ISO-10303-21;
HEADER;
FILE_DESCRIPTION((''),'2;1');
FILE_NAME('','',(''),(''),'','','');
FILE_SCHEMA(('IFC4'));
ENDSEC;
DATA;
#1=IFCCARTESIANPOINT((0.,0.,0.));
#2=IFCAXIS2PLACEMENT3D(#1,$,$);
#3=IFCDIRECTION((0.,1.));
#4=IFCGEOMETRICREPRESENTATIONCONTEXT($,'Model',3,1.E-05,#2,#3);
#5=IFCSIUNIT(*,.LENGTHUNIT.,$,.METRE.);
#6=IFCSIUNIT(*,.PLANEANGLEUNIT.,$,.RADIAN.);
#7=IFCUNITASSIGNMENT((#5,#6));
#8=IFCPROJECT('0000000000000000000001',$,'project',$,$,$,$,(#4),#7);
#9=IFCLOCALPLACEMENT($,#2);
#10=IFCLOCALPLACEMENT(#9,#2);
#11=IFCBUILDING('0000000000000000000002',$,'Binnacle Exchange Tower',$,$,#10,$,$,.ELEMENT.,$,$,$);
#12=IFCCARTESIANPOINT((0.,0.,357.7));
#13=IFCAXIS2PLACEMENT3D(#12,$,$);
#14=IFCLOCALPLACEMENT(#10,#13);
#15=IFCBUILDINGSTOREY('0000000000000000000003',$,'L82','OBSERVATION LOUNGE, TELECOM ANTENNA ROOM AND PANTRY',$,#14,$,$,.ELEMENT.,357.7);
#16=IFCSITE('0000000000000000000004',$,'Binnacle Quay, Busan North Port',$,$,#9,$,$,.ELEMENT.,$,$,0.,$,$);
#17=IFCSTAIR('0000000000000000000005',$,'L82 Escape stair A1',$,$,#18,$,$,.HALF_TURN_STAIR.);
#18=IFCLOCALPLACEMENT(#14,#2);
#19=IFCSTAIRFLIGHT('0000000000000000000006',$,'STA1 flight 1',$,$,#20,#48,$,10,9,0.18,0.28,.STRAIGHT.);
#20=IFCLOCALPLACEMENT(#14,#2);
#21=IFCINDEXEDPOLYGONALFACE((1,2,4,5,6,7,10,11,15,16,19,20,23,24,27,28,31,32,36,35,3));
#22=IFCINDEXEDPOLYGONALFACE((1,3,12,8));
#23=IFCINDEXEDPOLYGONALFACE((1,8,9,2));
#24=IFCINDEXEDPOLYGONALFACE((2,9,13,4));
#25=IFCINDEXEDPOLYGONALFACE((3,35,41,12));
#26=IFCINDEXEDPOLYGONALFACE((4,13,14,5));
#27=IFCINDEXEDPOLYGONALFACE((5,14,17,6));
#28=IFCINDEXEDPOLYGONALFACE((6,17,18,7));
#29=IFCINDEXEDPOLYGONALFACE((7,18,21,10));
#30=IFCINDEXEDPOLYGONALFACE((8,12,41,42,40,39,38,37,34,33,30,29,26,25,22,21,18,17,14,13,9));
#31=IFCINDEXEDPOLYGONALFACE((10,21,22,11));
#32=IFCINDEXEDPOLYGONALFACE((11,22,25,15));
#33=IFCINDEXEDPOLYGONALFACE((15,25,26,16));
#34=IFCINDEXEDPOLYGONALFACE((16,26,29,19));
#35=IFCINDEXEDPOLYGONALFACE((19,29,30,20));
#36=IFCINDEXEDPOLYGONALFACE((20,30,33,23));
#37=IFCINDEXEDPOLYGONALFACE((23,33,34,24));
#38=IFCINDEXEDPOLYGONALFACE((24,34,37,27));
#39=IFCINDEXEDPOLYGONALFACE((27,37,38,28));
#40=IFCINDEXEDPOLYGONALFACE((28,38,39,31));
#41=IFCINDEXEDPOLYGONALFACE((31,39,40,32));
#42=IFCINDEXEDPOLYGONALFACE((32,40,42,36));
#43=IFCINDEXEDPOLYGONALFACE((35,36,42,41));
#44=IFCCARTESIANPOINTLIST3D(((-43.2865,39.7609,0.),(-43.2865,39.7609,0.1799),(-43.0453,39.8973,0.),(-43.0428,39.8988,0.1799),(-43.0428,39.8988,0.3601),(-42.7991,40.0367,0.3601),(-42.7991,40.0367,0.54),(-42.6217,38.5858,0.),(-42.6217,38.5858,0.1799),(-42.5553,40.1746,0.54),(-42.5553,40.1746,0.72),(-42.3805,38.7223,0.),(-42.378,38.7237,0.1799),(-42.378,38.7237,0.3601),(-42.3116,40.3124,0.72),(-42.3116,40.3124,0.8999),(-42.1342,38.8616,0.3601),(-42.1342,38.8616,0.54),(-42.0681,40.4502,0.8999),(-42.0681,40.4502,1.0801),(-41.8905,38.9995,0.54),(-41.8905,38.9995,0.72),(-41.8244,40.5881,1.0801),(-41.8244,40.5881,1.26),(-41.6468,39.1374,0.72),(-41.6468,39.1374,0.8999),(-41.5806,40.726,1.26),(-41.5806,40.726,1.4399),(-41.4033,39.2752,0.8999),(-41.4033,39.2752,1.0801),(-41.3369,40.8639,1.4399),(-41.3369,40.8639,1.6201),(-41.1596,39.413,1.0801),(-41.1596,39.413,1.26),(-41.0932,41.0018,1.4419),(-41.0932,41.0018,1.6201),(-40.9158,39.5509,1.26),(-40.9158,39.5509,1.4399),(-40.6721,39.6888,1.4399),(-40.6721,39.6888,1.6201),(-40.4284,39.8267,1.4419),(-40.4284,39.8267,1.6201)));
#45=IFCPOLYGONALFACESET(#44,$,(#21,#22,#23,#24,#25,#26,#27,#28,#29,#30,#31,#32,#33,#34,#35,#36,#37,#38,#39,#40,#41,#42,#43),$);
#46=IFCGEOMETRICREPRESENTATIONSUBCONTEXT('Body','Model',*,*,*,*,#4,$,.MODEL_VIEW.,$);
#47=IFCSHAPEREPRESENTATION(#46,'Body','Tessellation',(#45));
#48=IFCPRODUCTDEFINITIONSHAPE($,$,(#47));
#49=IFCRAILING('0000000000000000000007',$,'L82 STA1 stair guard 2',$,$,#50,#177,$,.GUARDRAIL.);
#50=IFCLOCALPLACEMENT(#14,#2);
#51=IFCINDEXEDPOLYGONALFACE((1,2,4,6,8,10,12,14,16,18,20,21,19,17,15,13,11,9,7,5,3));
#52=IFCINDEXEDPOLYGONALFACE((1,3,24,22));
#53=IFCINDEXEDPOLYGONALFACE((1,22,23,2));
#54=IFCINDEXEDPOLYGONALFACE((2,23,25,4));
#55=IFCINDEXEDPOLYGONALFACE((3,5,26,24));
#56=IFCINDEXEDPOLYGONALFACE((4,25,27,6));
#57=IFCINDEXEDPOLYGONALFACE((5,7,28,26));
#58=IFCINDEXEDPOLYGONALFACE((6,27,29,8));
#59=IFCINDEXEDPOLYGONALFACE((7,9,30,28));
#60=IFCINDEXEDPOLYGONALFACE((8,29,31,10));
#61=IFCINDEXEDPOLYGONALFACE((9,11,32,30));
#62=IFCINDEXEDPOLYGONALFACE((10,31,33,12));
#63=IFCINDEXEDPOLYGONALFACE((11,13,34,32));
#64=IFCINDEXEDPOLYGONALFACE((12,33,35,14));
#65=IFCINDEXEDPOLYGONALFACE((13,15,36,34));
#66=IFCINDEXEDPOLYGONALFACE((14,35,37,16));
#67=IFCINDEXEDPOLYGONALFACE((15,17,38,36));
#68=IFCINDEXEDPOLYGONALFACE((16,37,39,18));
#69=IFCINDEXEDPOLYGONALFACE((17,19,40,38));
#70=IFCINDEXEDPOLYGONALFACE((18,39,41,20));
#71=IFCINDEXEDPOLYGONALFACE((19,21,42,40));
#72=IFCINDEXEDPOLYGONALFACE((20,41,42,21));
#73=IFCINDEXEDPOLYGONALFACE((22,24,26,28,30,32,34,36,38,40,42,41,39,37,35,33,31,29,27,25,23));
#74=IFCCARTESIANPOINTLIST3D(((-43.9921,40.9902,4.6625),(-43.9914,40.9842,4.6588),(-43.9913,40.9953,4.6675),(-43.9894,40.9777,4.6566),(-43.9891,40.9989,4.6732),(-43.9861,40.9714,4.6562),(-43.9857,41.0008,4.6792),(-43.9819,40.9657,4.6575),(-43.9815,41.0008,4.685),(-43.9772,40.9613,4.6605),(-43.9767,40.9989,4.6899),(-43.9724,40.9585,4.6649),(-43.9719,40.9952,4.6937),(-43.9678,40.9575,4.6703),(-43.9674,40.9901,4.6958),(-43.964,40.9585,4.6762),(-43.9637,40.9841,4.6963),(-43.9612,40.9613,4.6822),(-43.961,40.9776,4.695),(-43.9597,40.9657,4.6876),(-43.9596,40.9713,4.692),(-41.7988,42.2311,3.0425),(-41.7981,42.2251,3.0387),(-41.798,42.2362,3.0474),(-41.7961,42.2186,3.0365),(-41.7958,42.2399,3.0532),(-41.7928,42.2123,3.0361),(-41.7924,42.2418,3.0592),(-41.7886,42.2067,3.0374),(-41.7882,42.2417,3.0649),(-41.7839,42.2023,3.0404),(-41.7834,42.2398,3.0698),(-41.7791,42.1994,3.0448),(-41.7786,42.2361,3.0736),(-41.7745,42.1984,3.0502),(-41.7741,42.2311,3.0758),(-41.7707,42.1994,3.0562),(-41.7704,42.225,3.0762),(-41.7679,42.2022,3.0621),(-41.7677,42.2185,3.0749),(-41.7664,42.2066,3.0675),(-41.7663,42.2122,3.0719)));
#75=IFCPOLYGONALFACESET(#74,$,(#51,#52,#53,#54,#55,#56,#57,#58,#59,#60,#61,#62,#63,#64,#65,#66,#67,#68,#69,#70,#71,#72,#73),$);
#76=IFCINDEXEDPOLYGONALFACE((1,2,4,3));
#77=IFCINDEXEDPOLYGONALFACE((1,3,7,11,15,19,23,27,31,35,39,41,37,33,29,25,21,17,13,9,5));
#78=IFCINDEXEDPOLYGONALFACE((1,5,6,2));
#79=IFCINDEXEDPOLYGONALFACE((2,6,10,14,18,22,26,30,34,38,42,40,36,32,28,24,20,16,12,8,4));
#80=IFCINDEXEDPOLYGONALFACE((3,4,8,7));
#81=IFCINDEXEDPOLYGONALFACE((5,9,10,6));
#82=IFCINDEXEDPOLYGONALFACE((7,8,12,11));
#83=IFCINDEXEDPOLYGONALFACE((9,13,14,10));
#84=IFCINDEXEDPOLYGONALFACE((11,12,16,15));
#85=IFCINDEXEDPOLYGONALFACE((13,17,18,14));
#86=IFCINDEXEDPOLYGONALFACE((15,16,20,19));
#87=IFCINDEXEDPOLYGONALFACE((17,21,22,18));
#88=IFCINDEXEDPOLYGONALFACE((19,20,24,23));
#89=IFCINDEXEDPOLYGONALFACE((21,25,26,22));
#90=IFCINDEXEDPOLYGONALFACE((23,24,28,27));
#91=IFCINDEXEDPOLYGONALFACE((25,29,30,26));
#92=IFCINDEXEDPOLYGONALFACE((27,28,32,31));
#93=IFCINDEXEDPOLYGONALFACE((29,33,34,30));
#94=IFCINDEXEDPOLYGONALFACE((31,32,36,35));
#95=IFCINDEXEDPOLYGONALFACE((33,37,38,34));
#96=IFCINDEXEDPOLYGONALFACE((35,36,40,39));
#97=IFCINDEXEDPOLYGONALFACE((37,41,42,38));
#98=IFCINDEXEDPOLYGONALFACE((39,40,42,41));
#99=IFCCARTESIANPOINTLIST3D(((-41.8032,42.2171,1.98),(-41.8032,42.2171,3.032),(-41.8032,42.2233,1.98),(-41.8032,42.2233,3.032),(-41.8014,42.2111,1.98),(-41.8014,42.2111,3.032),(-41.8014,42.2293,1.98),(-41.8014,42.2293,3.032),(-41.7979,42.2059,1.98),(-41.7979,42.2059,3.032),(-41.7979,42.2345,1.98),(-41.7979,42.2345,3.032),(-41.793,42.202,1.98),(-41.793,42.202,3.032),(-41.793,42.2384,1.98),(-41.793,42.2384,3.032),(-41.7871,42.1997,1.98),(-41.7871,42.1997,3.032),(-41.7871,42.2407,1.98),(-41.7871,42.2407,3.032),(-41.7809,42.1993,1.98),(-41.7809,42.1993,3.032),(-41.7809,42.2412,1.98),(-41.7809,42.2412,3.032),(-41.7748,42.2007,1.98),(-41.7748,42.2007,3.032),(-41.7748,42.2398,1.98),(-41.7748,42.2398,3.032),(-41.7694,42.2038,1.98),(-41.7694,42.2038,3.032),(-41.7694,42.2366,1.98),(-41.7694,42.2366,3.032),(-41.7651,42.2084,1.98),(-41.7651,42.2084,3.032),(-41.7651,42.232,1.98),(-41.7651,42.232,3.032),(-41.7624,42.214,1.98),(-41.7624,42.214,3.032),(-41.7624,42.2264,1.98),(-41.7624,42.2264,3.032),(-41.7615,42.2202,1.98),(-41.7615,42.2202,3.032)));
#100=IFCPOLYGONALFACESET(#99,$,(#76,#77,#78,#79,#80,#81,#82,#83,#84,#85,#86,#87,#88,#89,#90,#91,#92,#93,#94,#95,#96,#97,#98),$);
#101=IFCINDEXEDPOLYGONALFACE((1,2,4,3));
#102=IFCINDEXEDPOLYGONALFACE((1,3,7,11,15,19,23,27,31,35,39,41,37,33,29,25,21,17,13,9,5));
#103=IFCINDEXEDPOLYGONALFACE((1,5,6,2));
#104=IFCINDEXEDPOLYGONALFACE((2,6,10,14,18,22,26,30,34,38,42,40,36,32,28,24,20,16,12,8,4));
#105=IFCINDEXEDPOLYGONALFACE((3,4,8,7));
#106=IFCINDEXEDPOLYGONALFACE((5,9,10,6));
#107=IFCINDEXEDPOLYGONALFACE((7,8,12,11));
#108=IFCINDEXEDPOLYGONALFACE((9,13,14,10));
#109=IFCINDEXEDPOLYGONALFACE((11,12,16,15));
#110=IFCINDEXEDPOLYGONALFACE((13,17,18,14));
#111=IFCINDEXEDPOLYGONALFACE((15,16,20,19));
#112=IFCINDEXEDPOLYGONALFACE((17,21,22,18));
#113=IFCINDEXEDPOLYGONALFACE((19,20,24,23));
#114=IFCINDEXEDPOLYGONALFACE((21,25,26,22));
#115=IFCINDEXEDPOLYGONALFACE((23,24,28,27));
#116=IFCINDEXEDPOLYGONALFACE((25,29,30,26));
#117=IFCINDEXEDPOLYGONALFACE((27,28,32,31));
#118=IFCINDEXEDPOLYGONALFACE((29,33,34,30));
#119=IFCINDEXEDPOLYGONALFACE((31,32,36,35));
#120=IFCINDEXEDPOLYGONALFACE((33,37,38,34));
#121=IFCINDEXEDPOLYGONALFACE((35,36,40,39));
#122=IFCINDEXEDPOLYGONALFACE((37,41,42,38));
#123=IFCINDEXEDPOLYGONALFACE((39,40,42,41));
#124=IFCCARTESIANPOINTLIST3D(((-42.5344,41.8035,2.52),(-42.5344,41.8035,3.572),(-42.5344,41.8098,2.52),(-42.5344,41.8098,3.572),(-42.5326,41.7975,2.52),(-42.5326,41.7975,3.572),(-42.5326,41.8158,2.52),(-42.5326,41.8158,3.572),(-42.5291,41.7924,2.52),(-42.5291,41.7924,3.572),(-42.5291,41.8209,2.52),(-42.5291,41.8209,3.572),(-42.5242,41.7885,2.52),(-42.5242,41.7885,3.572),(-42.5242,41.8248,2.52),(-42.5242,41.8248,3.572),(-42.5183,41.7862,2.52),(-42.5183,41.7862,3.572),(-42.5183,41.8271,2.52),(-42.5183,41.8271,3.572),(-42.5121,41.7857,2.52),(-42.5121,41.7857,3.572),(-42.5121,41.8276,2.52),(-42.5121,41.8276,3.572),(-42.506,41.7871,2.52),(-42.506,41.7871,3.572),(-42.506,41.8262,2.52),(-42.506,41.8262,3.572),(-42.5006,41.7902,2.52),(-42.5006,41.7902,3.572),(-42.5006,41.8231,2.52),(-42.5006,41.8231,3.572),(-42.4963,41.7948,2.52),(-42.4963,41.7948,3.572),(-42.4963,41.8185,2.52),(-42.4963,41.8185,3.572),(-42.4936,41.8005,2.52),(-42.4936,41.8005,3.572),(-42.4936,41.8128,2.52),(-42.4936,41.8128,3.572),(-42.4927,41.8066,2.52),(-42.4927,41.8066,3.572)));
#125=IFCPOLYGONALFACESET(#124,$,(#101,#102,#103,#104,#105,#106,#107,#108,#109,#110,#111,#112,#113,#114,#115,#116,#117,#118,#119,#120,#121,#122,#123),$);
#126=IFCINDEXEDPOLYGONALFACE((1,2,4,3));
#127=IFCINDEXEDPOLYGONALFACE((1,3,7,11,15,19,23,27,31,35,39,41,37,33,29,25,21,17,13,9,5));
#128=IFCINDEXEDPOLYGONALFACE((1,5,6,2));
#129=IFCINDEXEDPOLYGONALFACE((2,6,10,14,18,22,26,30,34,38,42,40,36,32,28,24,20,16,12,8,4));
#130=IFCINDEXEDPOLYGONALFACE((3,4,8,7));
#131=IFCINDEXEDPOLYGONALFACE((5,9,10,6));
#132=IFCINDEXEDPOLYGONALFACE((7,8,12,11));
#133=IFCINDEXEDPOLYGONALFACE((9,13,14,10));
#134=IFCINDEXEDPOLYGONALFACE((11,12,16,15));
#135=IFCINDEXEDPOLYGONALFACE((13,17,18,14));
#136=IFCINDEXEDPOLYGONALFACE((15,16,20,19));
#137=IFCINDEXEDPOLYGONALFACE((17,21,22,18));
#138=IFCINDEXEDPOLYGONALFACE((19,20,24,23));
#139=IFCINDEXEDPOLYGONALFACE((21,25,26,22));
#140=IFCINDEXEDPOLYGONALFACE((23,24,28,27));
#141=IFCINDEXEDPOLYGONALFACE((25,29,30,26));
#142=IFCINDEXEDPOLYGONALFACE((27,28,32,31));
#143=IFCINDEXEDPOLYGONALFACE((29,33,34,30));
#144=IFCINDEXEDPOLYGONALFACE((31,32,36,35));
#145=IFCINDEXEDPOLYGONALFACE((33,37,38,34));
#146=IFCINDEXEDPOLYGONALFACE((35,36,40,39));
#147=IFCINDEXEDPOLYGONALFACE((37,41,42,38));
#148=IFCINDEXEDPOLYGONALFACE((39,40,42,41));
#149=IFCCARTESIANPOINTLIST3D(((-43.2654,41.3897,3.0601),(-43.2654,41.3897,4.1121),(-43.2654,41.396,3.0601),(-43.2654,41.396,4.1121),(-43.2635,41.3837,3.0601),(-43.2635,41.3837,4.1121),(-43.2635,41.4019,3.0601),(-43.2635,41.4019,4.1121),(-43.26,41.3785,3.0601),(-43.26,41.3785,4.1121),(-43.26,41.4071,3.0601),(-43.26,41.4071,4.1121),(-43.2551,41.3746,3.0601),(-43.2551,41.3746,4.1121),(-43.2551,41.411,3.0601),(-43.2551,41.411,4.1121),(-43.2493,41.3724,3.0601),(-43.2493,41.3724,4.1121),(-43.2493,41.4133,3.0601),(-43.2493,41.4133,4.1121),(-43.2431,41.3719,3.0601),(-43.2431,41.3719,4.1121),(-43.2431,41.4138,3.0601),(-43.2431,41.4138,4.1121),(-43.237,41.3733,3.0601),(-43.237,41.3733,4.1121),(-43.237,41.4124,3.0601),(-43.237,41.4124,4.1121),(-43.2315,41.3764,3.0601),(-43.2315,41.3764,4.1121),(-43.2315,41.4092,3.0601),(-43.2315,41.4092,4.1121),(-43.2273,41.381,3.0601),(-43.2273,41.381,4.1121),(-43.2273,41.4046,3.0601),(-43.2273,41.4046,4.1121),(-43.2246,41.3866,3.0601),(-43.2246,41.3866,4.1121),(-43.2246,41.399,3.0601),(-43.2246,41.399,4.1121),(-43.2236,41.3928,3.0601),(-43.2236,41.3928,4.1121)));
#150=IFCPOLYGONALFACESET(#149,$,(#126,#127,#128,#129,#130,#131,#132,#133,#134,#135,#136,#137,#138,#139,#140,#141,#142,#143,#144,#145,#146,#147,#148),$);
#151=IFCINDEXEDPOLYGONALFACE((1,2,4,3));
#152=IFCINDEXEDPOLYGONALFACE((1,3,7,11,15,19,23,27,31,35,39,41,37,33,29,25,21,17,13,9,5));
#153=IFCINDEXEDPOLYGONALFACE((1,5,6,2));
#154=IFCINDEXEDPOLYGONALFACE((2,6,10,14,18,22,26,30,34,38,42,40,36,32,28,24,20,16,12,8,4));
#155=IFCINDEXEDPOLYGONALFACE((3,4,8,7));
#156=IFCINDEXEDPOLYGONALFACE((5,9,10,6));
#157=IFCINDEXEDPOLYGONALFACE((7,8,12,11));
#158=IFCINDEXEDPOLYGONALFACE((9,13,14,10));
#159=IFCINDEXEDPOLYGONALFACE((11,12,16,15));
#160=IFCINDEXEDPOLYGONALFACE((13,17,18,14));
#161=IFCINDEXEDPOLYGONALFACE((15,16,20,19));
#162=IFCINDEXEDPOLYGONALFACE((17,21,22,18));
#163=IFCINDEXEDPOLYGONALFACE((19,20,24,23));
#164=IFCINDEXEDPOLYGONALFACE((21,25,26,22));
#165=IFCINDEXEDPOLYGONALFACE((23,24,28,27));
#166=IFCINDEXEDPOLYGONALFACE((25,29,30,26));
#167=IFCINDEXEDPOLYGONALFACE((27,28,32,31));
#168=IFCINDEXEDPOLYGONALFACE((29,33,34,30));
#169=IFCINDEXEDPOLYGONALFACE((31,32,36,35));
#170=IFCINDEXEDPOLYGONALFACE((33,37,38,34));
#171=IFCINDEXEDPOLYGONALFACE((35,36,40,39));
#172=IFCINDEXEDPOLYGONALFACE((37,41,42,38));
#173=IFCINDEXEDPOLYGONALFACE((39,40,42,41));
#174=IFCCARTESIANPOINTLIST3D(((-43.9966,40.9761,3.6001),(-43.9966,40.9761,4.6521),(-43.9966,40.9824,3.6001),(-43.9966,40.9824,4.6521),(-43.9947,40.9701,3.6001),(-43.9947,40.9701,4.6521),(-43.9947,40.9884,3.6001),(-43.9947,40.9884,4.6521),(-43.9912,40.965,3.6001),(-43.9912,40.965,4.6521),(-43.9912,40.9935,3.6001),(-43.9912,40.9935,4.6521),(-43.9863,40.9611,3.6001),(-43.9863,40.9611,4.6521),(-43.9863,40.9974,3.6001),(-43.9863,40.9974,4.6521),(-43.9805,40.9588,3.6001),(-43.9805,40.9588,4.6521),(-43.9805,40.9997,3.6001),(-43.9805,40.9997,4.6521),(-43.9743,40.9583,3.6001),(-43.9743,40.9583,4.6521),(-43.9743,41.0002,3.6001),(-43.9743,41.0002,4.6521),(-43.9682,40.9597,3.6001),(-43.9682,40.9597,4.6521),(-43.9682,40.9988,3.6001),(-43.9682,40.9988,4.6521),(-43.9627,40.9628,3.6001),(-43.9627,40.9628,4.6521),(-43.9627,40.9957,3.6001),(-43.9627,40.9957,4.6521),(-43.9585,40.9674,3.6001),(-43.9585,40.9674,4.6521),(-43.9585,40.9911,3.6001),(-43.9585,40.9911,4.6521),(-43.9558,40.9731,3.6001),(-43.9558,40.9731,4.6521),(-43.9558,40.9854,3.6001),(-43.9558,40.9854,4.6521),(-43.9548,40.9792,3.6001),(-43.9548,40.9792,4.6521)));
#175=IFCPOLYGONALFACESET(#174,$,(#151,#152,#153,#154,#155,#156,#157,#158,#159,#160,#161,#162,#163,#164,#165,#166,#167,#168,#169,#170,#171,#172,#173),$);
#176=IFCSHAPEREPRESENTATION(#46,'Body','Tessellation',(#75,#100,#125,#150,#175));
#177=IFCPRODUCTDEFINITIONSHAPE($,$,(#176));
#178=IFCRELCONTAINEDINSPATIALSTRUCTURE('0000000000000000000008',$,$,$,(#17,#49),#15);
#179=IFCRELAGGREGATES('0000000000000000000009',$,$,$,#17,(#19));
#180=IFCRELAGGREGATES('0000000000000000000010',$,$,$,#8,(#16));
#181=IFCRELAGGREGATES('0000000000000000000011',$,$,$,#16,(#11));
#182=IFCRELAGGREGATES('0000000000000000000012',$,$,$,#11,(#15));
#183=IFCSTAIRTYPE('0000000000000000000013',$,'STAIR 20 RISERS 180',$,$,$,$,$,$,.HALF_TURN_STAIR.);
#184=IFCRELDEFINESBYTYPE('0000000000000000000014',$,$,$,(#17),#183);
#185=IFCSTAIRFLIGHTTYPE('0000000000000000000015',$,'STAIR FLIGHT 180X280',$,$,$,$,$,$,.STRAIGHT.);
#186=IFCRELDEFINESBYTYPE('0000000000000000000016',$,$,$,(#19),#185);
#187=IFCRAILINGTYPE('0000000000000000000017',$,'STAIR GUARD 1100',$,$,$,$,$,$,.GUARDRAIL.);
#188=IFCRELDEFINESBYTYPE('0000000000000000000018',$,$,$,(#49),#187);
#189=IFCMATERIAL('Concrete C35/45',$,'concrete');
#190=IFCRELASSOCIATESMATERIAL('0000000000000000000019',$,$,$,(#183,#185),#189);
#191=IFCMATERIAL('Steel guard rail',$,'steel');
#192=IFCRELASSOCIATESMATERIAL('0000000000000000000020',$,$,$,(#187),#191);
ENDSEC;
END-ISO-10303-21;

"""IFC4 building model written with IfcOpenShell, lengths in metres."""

from ifc_helpers import new_model, si_unit, direction, frame, origin, origin_2d, place, context, subcontext, project, spatial, polyline, circle, outline, extrude, material, type_object, element, aggregate, save


model = new_model("IFC4")

# Units and contexts
model_context = context("Model", 3, precision=1e-05, world=origin(), true_north=direction((0.0, 1.0)))
body_context = subcontext(model_context, "Body", "Model", "MODEL_VIEW")
ifc_project = project(units=[si_unit("LENGTHUNIT", "METRE"), si_unit("PLANEANGLEUNIT", "RADIAN")], contexts=[model_context])

# Site, building, storey
site_placement = place(None, origin())
site = spatial("IfcSite", under=ifc_project, at=site_placement, Name="Binnacle Quay, Busan North Port", CompositionType="ELEMENT", RefElevation=0.0)
building_placement = place(site_placement, origin())
building = spatial("IfcBuilding", under=site, at=building_placement, Name="Binnacle Exchange Tower", CompositionType="ELEMENT")
storey_placement = place(building_placement, frame((0.0, 0.0, 357.7)))
storey = spatial("IfcBuildingStorey", under=building, at=storey_placement, Name="L82", Description="OBSERVATION LOUNGE, TELECOM ANTENNA ROOM AND PANTRY", CompositionType="ELEMENT", Elevation=357.7)

# Stair, stair flight
ifc_material_1 = material(Name="Concrete C35/45", Category="concrete")
stair_type = type_object("IfcStairType", Name="STAIR 20 RISERS 180", PredefinedType="HALF_TURN_STAIR", material=ifc_material_1)
stair_placement = place(storey_placement, origin())
stair = element("IfcStair", 1, at=stair_placement, inside=storey, type_object=stair_type, Name="L82 Escape stair A1", PredefinedType="HALF_TURN_STAIR")
stair_flight_type = type_object("IfcStairFlightType", Name="STAIR FLIGHT 180X280", PredefinedType="STRAIGHT", material=ifc_material_1)
stair_flight_placement = place(storey_placement, frame((-42.9541, 39.1733, 0.0), z_axis=(0.0, 0.0, 1.0), x_axis=(0.870356, 0.492424, 0.0)))
stair_flight = element("IfcStairFlight", 2, at=stair_flight_placement, type_object=stair_flight_type, Name="STA1 flight 1", NumberOfRisers=10, NumberOfTreads=9, PredefinedType="STRAIGHT", RiserHeight=0.18, TreadLength=0.28, context=body_context, shape_type="SweptSolid", body=[
    extrude(outline(polyline([(0.0, 0.0), (0.0, 0.1799), (0.28, 0.1799), (0.28, 0.3601), (0.5601, 0.3601), (0.5601, 0.54), (0.8401, 0.54), (0.8401, 0.72), (1.1201, 0.72), (1.1201, 0.8999), (1.3999, 0.8999), (1.3999, 1.0801), (1.6799, 1.0801), (1.6799, 1.26), (1.96, 1.26), (1.96, 1.4399), (2.24, 1.4399), (2.24, 1.6201), (2.52, 1.6201), (2.52, 1.8), (2.52, 1.4419), (0.2771, 0.0), (0.0, 0.0)])), frame((0.0, 0.675, 0.0), z_axis=(0.0, -1.0, 0.0), x_axis=(1.0, 0.0, 0.0)), (0.0, 0.0, 1.0), 1.3501),
])
aggregate(stair, [stair_flight])

# Railing
ifc_material_2 = material(Name="Steel guard rail", Category="steel")
railing_type_1 = type_object("IfcRailingType", Name="STAIR GUARD 1100", PredefinedType="GUARDRAIL", material=ifc_material_2)
railing_1_placement = place(storey_placement, frame((-41.7825, 42.2202, 1.98)))
element("IfcRailing", 3, at=railing_1_placement, inside=storey, type_object=railing_type_1, Name="L82 STA1 stair guard 2", PredefinedType="GUARDRAIL", context=body_context, shape_type="SweptSolid", body=[
    extrude(circle(Radius=0.0239, at=origin_2d()), frame((0.0, 0.0, 1.0762), z_axis=(-0.732113, -0.414217, 0.540772), x_axis=(0.492431, -0.870352, 0.0)), (0.0, 0.0, 1.0), 2.9958),
    extrude(circle(Radius=0.021, at=origin_2d()), origin(), (0.0, 0.0, 1.0), 1.052),
    extrude(circle(Radius=0.021, at=origin_2d()), frame((-0.7312, -0.4136, 0.54)), (0.0, 0.0, 1.0), 1.052),
    extrude(circle(Radius=0.021, at=origin_2d()), frame((-1.4622, -0.8274, 1.0801)), (0.0, 0.0, 1.0), 1.052),
    extrude(circle(Radius=0.021, at=origin_2d()), frame((-2.1934, -1.241, 1.6201)), (0.0, 0.0, 1.0), 1.052),
])

save(model, "model.ifc")
